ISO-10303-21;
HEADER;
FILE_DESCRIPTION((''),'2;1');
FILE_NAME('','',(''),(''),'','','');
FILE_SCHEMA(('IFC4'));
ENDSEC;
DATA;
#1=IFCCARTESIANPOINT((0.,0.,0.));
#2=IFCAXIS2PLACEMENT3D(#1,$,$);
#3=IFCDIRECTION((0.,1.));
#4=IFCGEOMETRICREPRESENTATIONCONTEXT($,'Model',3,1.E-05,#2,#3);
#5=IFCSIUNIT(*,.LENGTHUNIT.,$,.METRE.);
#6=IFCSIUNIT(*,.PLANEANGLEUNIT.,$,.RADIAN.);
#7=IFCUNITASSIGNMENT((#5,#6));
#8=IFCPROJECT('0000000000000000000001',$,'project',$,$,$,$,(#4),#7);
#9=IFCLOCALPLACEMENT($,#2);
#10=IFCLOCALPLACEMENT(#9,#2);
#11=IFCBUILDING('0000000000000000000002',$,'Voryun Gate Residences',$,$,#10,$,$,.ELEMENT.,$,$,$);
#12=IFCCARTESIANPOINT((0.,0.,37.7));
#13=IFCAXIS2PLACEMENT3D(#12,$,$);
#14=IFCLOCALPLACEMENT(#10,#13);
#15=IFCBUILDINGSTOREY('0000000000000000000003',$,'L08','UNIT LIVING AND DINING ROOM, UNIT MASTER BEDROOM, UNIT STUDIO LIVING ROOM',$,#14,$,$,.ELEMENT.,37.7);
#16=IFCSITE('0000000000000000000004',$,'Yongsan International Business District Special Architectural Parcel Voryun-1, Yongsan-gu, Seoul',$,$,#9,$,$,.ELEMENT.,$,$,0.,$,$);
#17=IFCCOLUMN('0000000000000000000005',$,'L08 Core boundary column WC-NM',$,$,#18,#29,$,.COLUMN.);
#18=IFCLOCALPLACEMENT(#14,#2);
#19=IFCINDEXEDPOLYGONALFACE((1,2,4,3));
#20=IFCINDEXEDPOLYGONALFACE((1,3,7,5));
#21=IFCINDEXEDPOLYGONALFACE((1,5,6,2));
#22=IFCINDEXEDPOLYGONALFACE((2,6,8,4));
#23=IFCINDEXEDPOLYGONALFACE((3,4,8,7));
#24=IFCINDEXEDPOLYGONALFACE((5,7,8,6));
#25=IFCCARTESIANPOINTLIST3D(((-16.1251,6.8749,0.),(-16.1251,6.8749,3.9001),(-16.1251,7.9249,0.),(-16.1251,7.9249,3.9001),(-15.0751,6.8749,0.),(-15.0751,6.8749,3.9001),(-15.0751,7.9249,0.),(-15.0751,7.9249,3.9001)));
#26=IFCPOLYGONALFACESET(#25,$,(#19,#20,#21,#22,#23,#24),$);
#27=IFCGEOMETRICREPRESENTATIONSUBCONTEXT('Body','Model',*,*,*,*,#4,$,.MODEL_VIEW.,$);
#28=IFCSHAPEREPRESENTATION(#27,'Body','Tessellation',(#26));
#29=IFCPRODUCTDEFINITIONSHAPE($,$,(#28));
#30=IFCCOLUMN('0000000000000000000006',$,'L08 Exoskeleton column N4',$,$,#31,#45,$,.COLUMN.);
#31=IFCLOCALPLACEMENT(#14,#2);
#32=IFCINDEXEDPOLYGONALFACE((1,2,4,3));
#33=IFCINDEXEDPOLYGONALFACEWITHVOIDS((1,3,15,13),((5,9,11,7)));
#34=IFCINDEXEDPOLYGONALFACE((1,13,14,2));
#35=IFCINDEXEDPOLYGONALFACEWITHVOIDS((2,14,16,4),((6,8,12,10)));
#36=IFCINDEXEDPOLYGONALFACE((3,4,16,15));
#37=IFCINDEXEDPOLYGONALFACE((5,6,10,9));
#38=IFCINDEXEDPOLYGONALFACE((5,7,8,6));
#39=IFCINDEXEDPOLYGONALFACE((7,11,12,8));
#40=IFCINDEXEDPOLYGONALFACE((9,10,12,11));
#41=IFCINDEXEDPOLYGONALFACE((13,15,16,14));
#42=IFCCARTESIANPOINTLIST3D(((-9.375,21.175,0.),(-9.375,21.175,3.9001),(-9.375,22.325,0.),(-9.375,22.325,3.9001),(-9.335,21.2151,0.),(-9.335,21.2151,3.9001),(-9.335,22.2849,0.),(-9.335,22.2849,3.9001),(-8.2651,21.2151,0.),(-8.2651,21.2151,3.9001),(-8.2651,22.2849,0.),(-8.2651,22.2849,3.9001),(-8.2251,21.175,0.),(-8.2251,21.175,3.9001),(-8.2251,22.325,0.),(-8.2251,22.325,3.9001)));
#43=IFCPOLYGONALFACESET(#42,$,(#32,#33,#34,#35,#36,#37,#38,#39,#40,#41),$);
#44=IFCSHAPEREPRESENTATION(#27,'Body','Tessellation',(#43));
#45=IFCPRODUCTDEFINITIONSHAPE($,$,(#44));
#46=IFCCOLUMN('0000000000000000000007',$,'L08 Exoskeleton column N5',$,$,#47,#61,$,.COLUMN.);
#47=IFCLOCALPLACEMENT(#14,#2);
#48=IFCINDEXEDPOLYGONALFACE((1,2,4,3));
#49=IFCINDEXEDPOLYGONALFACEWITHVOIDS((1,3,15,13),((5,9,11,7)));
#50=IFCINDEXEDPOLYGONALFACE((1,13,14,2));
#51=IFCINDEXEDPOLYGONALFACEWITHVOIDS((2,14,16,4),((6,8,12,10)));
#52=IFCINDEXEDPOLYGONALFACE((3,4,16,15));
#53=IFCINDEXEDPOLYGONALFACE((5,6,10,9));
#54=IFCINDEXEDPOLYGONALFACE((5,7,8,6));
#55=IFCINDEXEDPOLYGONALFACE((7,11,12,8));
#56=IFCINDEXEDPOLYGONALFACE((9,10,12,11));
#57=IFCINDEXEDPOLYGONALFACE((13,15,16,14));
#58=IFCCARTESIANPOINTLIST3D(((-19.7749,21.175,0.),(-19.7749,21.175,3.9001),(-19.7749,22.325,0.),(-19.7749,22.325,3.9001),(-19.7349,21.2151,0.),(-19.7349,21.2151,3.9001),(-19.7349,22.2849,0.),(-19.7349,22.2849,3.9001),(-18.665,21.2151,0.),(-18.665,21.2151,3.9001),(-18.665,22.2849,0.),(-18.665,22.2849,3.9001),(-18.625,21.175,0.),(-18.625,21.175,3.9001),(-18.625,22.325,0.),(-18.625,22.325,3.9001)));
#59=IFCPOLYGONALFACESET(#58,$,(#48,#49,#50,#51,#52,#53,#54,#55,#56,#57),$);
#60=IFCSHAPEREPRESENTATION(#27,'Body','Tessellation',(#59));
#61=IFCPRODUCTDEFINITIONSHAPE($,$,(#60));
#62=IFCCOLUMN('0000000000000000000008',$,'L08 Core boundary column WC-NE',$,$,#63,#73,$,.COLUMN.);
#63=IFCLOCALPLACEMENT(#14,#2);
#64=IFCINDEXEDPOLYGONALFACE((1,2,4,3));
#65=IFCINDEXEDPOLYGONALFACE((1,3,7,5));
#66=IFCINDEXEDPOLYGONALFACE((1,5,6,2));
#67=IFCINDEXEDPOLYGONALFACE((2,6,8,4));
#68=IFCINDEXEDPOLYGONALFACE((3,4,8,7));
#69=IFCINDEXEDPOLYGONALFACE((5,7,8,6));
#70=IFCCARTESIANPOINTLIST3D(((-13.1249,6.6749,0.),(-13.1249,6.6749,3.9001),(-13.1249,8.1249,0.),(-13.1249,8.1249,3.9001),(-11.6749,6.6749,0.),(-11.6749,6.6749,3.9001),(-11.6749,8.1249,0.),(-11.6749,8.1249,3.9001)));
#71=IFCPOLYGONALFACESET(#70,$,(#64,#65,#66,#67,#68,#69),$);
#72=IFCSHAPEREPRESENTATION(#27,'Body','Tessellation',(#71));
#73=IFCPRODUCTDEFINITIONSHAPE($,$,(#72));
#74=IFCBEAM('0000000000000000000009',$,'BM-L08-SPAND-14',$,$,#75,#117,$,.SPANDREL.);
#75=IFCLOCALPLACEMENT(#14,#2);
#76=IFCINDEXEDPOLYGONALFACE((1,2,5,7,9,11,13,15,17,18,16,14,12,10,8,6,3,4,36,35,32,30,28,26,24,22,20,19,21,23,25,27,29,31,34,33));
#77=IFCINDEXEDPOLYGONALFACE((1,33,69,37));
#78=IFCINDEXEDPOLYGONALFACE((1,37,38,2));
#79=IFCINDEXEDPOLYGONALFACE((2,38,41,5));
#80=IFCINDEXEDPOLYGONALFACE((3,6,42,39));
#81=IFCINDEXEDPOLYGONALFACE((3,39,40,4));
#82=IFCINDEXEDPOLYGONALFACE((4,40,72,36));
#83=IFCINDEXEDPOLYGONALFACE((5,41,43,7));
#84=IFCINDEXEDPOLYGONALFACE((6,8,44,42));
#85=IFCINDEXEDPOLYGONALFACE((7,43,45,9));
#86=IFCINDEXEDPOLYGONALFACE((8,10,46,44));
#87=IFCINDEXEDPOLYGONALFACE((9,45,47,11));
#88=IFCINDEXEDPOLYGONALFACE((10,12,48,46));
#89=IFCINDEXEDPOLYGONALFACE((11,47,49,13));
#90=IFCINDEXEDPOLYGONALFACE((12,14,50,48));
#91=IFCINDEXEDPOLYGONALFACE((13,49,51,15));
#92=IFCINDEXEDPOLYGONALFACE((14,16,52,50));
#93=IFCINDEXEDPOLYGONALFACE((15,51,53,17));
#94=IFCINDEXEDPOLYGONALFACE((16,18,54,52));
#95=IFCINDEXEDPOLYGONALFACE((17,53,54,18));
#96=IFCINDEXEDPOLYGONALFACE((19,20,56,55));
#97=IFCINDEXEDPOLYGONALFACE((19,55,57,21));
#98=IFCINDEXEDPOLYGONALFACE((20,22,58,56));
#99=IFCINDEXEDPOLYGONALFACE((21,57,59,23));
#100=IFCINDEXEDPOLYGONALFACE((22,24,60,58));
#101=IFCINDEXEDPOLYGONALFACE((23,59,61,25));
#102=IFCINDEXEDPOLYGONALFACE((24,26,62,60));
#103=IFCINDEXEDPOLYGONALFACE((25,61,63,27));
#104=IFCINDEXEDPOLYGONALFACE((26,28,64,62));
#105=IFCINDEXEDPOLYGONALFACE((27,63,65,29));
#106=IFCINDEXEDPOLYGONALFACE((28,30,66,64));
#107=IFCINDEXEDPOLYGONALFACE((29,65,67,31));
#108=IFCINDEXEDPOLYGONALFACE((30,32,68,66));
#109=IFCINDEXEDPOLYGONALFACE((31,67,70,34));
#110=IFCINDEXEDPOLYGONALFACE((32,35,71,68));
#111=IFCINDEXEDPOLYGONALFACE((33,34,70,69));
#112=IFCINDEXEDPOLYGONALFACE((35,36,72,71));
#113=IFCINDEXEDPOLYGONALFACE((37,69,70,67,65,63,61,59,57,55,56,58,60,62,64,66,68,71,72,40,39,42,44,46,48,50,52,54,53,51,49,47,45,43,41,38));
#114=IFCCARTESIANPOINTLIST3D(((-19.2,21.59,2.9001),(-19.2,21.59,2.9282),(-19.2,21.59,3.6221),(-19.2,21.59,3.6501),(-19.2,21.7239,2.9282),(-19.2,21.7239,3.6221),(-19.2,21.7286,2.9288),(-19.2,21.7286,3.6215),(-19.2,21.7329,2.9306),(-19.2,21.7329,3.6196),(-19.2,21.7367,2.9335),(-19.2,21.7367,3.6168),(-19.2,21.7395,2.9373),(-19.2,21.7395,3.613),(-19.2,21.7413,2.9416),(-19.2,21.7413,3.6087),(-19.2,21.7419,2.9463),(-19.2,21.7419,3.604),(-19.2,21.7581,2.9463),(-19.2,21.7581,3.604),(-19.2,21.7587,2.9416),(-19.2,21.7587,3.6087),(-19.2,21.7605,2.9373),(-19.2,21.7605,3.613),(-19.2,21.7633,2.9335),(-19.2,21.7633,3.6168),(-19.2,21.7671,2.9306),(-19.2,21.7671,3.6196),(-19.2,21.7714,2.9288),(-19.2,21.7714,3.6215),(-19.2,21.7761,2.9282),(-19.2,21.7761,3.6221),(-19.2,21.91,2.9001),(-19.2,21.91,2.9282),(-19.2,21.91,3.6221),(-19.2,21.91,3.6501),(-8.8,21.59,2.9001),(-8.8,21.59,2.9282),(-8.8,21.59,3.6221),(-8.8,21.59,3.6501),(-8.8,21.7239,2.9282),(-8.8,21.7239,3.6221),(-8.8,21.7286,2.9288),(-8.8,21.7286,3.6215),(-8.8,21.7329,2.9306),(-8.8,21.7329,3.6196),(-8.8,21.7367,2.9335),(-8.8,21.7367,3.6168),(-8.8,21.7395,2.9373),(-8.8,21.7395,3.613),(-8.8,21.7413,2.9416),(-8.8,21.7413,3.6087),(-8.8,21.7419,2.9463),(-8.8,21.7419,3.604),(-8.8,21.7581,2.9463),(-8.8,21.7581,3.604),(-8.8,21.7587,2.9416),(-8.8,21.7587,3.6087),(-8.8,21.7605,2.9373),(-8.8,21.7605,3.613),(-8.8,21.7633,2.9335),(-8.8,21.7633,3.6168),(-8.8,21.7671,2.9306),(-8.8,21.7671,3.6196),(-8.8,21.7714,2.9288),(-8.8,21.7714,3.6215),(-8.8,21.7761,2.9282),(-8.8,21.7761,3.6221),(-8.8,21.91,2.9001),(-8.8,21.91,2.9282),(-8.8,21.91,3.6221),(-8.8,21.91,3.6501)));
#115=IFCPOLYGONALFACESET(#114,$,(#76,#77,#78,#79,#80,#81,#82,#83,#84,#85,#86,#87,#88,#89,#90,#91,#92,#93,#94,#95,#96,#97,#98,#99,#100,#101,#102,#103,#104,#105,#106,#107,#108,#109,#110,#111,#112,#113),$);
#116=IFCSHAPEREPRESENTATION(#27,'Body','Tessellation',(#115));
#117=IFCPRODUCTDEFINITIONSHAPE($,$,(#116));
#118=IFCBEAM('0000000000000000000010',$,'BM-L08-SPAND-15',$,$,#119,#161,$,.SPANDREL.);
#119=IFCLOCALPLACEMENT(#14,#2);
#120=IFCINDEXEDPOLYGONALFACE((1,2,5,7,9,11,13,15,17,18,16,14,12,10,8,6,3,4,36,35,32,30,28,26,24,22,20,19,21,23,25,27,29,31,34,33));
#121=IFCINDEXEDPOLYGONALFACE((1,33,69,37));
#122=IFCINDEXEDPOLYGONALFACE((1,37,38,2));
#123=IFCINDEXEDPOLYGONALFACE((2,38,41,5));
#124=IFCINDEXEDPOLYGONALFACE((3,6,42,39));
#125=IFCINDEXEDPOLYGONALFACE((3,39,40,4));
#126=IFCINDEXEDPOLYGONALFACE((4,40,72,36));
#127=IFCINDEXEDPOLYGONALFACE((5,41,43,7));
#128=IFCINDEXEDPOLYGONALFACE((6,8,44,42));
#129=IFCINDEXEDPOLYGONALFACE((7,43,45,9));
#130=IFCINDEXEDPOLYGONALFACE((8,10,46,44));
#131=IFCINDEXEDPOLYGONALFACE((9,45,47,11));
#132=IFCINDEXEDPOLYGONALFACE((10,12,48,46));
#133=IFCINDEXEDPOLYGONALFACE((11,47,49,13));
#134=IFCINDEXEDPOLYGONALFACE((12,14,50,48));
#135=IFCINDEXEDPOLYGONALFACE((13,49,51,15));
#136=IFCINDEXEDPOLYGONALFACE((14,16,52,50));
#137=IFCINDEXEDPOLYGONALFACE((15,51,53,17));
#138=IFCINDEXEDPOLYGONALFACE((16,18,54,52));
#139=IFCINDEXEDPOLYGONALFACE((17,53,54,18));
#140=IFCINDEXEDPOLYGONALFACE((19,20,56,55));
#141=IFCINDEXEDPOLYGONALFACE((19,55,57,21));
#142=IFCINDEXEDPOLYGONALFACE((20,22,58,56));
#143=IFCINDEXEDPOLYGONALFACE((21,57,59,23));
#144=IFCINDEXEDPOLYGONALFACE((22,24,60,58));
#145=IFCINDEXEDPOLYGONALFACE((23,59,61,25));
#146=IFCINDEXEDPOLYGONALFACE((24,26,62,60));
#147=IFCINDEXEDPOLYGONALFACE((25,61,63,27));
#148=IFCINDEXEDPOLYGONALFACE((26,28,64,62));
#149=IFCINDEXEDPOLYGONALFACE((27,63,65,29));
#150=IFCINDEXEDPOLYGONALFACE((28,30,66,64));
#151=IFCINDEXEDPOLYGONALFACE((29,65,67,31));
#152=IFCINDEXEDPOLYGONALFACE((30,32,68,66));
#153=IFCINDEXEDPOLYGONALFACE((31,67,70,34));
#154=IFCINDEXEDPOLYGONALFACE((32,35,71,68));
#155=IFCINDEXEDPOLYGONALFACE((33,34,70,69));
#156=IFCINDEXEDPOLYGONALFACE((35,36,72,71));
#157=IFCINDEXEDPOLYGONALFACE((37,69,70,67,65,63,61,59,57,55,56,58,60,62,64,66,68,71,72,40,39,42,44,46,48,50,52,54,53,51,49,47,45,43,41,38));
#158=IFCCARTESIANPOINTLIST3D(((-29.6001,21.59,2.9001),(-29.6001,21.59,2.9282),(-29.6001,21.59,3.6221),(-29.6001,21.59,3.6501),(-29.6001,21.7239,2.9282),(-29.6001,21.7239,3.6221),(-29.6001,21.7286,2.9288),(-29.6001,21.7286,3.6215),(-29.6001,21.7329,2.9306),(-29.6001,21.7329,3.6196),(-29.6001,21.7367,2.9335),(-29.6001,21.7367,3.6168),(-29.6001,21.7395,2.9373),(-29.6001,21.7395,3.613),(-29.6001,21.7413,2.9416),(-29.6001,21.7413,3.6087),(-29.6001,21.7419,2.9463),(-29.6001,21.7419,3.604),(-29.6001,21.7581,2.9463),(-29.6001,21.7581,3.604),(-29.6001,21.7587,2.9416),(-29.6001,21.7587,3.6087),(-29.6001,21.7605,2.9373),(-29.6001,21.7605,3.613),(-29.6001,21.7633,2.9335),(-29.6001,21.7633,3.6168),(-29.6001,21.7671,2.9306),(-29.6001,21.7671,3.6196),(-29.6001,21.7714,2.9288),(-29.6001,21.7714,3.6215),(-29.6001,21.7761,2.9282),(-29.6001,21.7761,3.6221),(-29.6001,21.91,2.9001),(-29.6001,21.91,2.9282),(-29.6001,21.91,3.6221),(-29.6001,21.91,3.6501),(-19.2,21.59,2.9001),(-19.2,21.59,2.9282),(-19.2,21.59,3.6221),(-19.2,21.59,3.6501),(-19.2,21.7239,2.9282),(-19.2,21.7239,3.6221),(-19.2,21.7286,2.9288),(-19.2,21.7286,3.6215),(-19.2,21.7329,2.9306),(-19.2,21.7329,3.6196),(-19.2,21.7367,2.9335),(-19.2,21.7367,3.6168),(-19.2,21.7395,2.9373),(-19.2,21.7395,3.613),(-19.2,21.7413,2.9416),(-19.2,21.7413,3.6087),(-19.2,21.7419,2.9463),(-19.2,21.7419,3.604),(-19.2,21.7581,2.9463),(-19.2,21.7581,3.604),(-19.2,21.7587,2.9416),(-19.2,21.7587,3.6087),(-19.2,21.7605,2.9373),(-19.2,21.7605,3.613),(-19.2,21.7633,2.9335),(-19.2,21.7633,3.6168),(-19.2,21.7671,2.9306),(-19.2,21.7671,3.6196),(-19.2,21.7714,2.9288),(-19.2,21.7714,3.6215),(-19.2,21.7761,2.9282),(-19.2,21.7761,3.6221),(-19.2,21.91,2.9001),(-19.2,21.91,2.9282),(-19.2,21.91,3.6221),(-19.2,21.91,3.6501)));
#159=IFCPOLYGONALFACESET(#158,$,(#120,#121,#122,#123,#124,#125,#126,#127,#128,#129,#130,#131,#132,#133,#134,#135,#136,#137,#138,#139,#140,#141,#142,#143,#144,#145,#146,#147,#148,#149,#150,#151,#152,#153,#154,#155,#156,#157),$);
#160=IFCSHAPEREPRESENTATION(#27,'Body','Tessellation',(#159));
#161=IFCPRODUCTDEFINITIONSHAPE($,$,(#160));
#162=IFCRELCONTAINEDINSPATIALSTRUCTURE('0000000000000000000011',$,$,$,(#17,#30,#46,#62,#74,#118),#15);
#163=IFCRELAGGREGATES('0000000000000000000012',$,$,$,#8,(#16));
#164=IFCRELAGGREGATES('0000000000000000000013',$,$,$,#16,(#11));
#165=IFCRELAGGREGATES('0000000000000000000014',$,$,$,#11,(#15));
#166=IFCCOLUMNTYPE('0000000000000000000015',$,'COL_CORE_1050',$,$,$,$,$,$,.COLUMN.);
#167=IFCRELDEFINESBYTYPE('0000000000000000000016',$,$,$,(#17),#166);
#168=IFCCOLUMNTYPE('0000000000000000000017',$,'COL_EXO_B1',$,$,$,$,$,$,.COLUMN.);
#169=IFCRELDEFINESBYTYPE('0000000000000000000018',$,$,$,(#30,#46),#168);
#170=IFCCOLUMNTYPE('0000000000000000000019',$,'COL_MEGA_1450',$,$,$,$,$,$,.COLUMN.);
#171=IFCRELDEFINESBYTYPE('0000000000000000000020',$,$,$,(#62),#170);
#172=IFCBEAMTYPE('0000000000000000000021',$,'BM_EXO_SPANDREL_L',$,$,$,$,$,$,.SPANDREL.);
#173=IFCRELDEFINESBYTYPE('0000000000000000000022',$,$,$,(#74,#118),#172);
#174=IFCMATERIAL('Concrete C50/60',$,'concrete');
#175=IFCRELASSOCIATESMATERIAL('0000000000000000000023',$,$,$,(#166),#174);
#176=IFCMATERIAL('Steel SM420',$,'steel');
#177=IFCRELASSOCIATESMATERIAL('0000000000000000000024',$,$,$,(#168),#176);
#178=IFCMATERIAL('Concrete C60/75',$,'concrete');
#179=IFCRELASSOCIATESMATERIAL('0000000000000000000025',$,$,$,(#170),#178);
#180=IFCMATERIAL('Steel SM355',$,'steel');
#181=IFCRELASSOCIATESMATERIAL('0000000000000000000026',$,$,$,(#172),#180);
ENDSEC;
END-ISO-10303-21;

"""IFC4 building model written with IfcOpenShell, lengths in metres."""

from ifc_helpers import new_model, si_unit, direction, frame, origin, origin_2d, place, context, subcontext, project, spatial, rectangle, hollow_rectangle, i_section, extrude, material, material_profile, profile_set, type_object, element, save


model = new_model("IFC4")

# Units and contexts
model_context = context("Model", 3, precision=1e-05, world=origin(), true_north=direction((0.0, 1.0)))
body_context = subcontext(model_context, "Body", "Model", "MODEL_VIEW")
ifc_project = project(units=[si_unit("LENGTHUNIT", "METRE"), si_unit("PLANEANGLEUNIT", "RADIAN")], contexts=[model_context])

# Site, building, storey
site_placement = place(None, origin())
site = spatial("IfcSite", under=ifc_project, at=site_placement, Name="Yongsan International Business District Special Architectural Parcel Voryun-1, Yongsan-gu, Seoul", CompositionType="ELEMENT", RefElevation=0.0)
building_placement = place(site_placement, origin())
building = spatial("IfcBuilding", under=site, at=building_placement, Name="Voryun Gate Residences", CompositionType="ELEMENT")
storey_placement = place(building_placement, frame((0.0, 0.0, 37.7)))
storey = spatial("IfcBuildingStorey", under=building, at=storey_placement, Name="L08", Description="UNIT LIVING AND DINING ROOM, UNIT MASTER BEDROOM, UNIT STUDIO LIVING ROOM", CompositionType="ELEMENT", Elevation=37.7)

# Columns
ifc_material_1 = material(Name="Concrete C50/60", Category="concrete")
ifc_material_profile_1 = material_profile(ifc_material_1, rectangle(XDim=1.05, YDim=1.05, at=origin_2d()), Name="RC-1050x1050")
ifc_profile_set_1 = profile_set([ifc_material_profile_1], Name="Concrete C50/60")
column_type_1 = type_object("IfcColumnType", Name="COL_CORE_1050", PredefinedType="COLUMN", material=ifc_profile_set_1)
column_1_placement = place(storey_placement, frame((-15.6001, 7.3999, 0.0), z_axis=(0.0, 0.0, 1.0), x_axis=(1.0, 0.0, 0.0)))
element("IfcColumn", 1, at=column_1_placement, inside=storey, type_object=column_type_1, Name="L08 Core boundary column WC-NM", PredefinedType="COLUMN", context=body_context, shape_type="SweptSolid", body=[
    extrude(rectangle(XDim=1.05, YDim=1.05, at=origin_2d()), origin(), (0.0, 0.0, 1.0), 3.9001),
])
ifc_material_2 = material(Name="Steel SM420", Category="steel")
ifc_material_profile_2 = material_profile(ifc_material_2, hollow_rectangle(XDim=1.1499, YDim=1.1499, WallThickness=0.04, at=origin_2d()), Name="BOX-1150x1150x40")
ifc_profile_set_2 = profile_set([ifc_material_profile_2], Name="Steel SM420")
column_type_2 = type_object("IfcColumnType", Name="COL_EXO_B1", PredefinedType="COLUMN", material=ifc_profile_set_2)
for number, where, z_axis, x_axis, name in (
    (2, (-8.8, 21.75, 0.0), (0.0, 0.0, 1.0), (1.0, 0.0, 0.0), "L08 Exoskeleton column N4"),
    (3, (-19.2, 21.75, 0.0), (0.0, 0.0, 1.0), (1.0, 0.0, 0.0), "L08 Exoskeleton column N5"),
):
    element("IfcColumn", number, at=place(storey_placement, frame(where, z_axis=z_axis, x_axis=x_axis)), inside=storey, type_object=column_type_2, Name=name, PredefinedType="COLUMN", context=body_context, shape_type="SweptSolid", body=[
        extrude(hollow_rectangle(XDim=1.1499, YDim=1.1499, WallThickness=0.04, at=origin_2d()), origin(), (0.0, 0.0, 1.0), 3.9001),
    ])
ifc_material_3 = material(Name="Concrete C60/75", Category="concrete")
ifc_material_profile_3 = material_profile(ifc_material_3, rectangle(XDim=1.45, YDim=1.45, at=origin_2d()), Name="RC-1450x1450")
ifc_profile_set_3 = profile_set([ifc_material_profile_3], Name="Concrete C60/75")
column_type_3 = type_object("IfcColumnType", Name="COL_MEGA_1450", PredefinedType="COLUMN", material=ifc_profile_set_3)
column_2_placement = place(storey_placement, frame((-12.3999, 7.3999, 0.0), z_axis=(0.0, 0.0, 1.0), x_axis=(1.0, 0.0, 0.0)))
element("IfcColumn", 4, at=column_2_placement, inside=storey, type_object=column_type_3, Name="L08 Core boundary column WC-NE", PredefinedType="COLUMN", context=body_context, shape_type="SweptSolid", body=[
    extrude(rectangle(XDim=1.45, YDim=1.45, at=origin_2d()), origin(), (0.0, 0.0, 1.0), 3.9001),
])

# Beams
ifc_material_4 = material(Name="Steel SM355", Category="steel")
ifc_material_profile_4 = material_profile(ifc_material_4, i_section(OverallWidth=0.3201, OverallDepth=0.75, WebThickness=0.0161, FlangeThickness=0.0281, FilletRadius=0.0181, at=origin_2d()), Name="H-750x320x16x28")
ifc_profile_set_4 = profile_set([ifc_material_profile_4], Name="Steel SM355")
beam_type_1 = type_object("IfcBeamType", Name="BM_EXO_SPANDREL_L", PredefinedType="SPANDREL", material=ifc_profile_set_4)
beam_1_placement = place(storey_placement, frame((-8.8, 21.75, 3.2751), z_axis=(-1.0, 0.0, 0.0), x_axis=(0.0, -1.0, 0.0)))
element("IfcBeam", 5, at=beam_1_placement, inside=storey, type_object=beam_type_1, Name="BM-L08-SPAND-14", PredefinedType="SPANDREL", context=body_context, shape_type="SweptSolid", body=[
    extrude(i_section(OverallWidth=0.3201, OverallDepth=0.75, WebThickness=0.0161, FlangeThickness=0.0281, FilletRadius=0.0181, at=origin_2d()), origin(), (0.0, 0.0, 1.0), 10.3999),
])
beam_2_placement = place(storey_placement, frame((-19.2, 21.75, 3.2751), z_axis=(-1.0, 0.0, 0.0), x_axis=(0.0, -1.0, 0.0)))
element("IfcBeam", 6, at=beam_2_placement, inside=storey, type_object=beam_type_1, Name="BM-L08-SPAND-15", PredefinedType="SPANDREL", context=body_context, shape_type="SweptSolid", body=[
    extrude(i_section(OverallWidth=0.3201, OverallDepth=0.75, WebThickness=0.0161, FlangeThickness=0.0281, FilletRadius=0.0181, at=origin_2d()), origin(), (0.0, 0.0, 1.0), 10.4001),
])

save(model, "model.ifc")
